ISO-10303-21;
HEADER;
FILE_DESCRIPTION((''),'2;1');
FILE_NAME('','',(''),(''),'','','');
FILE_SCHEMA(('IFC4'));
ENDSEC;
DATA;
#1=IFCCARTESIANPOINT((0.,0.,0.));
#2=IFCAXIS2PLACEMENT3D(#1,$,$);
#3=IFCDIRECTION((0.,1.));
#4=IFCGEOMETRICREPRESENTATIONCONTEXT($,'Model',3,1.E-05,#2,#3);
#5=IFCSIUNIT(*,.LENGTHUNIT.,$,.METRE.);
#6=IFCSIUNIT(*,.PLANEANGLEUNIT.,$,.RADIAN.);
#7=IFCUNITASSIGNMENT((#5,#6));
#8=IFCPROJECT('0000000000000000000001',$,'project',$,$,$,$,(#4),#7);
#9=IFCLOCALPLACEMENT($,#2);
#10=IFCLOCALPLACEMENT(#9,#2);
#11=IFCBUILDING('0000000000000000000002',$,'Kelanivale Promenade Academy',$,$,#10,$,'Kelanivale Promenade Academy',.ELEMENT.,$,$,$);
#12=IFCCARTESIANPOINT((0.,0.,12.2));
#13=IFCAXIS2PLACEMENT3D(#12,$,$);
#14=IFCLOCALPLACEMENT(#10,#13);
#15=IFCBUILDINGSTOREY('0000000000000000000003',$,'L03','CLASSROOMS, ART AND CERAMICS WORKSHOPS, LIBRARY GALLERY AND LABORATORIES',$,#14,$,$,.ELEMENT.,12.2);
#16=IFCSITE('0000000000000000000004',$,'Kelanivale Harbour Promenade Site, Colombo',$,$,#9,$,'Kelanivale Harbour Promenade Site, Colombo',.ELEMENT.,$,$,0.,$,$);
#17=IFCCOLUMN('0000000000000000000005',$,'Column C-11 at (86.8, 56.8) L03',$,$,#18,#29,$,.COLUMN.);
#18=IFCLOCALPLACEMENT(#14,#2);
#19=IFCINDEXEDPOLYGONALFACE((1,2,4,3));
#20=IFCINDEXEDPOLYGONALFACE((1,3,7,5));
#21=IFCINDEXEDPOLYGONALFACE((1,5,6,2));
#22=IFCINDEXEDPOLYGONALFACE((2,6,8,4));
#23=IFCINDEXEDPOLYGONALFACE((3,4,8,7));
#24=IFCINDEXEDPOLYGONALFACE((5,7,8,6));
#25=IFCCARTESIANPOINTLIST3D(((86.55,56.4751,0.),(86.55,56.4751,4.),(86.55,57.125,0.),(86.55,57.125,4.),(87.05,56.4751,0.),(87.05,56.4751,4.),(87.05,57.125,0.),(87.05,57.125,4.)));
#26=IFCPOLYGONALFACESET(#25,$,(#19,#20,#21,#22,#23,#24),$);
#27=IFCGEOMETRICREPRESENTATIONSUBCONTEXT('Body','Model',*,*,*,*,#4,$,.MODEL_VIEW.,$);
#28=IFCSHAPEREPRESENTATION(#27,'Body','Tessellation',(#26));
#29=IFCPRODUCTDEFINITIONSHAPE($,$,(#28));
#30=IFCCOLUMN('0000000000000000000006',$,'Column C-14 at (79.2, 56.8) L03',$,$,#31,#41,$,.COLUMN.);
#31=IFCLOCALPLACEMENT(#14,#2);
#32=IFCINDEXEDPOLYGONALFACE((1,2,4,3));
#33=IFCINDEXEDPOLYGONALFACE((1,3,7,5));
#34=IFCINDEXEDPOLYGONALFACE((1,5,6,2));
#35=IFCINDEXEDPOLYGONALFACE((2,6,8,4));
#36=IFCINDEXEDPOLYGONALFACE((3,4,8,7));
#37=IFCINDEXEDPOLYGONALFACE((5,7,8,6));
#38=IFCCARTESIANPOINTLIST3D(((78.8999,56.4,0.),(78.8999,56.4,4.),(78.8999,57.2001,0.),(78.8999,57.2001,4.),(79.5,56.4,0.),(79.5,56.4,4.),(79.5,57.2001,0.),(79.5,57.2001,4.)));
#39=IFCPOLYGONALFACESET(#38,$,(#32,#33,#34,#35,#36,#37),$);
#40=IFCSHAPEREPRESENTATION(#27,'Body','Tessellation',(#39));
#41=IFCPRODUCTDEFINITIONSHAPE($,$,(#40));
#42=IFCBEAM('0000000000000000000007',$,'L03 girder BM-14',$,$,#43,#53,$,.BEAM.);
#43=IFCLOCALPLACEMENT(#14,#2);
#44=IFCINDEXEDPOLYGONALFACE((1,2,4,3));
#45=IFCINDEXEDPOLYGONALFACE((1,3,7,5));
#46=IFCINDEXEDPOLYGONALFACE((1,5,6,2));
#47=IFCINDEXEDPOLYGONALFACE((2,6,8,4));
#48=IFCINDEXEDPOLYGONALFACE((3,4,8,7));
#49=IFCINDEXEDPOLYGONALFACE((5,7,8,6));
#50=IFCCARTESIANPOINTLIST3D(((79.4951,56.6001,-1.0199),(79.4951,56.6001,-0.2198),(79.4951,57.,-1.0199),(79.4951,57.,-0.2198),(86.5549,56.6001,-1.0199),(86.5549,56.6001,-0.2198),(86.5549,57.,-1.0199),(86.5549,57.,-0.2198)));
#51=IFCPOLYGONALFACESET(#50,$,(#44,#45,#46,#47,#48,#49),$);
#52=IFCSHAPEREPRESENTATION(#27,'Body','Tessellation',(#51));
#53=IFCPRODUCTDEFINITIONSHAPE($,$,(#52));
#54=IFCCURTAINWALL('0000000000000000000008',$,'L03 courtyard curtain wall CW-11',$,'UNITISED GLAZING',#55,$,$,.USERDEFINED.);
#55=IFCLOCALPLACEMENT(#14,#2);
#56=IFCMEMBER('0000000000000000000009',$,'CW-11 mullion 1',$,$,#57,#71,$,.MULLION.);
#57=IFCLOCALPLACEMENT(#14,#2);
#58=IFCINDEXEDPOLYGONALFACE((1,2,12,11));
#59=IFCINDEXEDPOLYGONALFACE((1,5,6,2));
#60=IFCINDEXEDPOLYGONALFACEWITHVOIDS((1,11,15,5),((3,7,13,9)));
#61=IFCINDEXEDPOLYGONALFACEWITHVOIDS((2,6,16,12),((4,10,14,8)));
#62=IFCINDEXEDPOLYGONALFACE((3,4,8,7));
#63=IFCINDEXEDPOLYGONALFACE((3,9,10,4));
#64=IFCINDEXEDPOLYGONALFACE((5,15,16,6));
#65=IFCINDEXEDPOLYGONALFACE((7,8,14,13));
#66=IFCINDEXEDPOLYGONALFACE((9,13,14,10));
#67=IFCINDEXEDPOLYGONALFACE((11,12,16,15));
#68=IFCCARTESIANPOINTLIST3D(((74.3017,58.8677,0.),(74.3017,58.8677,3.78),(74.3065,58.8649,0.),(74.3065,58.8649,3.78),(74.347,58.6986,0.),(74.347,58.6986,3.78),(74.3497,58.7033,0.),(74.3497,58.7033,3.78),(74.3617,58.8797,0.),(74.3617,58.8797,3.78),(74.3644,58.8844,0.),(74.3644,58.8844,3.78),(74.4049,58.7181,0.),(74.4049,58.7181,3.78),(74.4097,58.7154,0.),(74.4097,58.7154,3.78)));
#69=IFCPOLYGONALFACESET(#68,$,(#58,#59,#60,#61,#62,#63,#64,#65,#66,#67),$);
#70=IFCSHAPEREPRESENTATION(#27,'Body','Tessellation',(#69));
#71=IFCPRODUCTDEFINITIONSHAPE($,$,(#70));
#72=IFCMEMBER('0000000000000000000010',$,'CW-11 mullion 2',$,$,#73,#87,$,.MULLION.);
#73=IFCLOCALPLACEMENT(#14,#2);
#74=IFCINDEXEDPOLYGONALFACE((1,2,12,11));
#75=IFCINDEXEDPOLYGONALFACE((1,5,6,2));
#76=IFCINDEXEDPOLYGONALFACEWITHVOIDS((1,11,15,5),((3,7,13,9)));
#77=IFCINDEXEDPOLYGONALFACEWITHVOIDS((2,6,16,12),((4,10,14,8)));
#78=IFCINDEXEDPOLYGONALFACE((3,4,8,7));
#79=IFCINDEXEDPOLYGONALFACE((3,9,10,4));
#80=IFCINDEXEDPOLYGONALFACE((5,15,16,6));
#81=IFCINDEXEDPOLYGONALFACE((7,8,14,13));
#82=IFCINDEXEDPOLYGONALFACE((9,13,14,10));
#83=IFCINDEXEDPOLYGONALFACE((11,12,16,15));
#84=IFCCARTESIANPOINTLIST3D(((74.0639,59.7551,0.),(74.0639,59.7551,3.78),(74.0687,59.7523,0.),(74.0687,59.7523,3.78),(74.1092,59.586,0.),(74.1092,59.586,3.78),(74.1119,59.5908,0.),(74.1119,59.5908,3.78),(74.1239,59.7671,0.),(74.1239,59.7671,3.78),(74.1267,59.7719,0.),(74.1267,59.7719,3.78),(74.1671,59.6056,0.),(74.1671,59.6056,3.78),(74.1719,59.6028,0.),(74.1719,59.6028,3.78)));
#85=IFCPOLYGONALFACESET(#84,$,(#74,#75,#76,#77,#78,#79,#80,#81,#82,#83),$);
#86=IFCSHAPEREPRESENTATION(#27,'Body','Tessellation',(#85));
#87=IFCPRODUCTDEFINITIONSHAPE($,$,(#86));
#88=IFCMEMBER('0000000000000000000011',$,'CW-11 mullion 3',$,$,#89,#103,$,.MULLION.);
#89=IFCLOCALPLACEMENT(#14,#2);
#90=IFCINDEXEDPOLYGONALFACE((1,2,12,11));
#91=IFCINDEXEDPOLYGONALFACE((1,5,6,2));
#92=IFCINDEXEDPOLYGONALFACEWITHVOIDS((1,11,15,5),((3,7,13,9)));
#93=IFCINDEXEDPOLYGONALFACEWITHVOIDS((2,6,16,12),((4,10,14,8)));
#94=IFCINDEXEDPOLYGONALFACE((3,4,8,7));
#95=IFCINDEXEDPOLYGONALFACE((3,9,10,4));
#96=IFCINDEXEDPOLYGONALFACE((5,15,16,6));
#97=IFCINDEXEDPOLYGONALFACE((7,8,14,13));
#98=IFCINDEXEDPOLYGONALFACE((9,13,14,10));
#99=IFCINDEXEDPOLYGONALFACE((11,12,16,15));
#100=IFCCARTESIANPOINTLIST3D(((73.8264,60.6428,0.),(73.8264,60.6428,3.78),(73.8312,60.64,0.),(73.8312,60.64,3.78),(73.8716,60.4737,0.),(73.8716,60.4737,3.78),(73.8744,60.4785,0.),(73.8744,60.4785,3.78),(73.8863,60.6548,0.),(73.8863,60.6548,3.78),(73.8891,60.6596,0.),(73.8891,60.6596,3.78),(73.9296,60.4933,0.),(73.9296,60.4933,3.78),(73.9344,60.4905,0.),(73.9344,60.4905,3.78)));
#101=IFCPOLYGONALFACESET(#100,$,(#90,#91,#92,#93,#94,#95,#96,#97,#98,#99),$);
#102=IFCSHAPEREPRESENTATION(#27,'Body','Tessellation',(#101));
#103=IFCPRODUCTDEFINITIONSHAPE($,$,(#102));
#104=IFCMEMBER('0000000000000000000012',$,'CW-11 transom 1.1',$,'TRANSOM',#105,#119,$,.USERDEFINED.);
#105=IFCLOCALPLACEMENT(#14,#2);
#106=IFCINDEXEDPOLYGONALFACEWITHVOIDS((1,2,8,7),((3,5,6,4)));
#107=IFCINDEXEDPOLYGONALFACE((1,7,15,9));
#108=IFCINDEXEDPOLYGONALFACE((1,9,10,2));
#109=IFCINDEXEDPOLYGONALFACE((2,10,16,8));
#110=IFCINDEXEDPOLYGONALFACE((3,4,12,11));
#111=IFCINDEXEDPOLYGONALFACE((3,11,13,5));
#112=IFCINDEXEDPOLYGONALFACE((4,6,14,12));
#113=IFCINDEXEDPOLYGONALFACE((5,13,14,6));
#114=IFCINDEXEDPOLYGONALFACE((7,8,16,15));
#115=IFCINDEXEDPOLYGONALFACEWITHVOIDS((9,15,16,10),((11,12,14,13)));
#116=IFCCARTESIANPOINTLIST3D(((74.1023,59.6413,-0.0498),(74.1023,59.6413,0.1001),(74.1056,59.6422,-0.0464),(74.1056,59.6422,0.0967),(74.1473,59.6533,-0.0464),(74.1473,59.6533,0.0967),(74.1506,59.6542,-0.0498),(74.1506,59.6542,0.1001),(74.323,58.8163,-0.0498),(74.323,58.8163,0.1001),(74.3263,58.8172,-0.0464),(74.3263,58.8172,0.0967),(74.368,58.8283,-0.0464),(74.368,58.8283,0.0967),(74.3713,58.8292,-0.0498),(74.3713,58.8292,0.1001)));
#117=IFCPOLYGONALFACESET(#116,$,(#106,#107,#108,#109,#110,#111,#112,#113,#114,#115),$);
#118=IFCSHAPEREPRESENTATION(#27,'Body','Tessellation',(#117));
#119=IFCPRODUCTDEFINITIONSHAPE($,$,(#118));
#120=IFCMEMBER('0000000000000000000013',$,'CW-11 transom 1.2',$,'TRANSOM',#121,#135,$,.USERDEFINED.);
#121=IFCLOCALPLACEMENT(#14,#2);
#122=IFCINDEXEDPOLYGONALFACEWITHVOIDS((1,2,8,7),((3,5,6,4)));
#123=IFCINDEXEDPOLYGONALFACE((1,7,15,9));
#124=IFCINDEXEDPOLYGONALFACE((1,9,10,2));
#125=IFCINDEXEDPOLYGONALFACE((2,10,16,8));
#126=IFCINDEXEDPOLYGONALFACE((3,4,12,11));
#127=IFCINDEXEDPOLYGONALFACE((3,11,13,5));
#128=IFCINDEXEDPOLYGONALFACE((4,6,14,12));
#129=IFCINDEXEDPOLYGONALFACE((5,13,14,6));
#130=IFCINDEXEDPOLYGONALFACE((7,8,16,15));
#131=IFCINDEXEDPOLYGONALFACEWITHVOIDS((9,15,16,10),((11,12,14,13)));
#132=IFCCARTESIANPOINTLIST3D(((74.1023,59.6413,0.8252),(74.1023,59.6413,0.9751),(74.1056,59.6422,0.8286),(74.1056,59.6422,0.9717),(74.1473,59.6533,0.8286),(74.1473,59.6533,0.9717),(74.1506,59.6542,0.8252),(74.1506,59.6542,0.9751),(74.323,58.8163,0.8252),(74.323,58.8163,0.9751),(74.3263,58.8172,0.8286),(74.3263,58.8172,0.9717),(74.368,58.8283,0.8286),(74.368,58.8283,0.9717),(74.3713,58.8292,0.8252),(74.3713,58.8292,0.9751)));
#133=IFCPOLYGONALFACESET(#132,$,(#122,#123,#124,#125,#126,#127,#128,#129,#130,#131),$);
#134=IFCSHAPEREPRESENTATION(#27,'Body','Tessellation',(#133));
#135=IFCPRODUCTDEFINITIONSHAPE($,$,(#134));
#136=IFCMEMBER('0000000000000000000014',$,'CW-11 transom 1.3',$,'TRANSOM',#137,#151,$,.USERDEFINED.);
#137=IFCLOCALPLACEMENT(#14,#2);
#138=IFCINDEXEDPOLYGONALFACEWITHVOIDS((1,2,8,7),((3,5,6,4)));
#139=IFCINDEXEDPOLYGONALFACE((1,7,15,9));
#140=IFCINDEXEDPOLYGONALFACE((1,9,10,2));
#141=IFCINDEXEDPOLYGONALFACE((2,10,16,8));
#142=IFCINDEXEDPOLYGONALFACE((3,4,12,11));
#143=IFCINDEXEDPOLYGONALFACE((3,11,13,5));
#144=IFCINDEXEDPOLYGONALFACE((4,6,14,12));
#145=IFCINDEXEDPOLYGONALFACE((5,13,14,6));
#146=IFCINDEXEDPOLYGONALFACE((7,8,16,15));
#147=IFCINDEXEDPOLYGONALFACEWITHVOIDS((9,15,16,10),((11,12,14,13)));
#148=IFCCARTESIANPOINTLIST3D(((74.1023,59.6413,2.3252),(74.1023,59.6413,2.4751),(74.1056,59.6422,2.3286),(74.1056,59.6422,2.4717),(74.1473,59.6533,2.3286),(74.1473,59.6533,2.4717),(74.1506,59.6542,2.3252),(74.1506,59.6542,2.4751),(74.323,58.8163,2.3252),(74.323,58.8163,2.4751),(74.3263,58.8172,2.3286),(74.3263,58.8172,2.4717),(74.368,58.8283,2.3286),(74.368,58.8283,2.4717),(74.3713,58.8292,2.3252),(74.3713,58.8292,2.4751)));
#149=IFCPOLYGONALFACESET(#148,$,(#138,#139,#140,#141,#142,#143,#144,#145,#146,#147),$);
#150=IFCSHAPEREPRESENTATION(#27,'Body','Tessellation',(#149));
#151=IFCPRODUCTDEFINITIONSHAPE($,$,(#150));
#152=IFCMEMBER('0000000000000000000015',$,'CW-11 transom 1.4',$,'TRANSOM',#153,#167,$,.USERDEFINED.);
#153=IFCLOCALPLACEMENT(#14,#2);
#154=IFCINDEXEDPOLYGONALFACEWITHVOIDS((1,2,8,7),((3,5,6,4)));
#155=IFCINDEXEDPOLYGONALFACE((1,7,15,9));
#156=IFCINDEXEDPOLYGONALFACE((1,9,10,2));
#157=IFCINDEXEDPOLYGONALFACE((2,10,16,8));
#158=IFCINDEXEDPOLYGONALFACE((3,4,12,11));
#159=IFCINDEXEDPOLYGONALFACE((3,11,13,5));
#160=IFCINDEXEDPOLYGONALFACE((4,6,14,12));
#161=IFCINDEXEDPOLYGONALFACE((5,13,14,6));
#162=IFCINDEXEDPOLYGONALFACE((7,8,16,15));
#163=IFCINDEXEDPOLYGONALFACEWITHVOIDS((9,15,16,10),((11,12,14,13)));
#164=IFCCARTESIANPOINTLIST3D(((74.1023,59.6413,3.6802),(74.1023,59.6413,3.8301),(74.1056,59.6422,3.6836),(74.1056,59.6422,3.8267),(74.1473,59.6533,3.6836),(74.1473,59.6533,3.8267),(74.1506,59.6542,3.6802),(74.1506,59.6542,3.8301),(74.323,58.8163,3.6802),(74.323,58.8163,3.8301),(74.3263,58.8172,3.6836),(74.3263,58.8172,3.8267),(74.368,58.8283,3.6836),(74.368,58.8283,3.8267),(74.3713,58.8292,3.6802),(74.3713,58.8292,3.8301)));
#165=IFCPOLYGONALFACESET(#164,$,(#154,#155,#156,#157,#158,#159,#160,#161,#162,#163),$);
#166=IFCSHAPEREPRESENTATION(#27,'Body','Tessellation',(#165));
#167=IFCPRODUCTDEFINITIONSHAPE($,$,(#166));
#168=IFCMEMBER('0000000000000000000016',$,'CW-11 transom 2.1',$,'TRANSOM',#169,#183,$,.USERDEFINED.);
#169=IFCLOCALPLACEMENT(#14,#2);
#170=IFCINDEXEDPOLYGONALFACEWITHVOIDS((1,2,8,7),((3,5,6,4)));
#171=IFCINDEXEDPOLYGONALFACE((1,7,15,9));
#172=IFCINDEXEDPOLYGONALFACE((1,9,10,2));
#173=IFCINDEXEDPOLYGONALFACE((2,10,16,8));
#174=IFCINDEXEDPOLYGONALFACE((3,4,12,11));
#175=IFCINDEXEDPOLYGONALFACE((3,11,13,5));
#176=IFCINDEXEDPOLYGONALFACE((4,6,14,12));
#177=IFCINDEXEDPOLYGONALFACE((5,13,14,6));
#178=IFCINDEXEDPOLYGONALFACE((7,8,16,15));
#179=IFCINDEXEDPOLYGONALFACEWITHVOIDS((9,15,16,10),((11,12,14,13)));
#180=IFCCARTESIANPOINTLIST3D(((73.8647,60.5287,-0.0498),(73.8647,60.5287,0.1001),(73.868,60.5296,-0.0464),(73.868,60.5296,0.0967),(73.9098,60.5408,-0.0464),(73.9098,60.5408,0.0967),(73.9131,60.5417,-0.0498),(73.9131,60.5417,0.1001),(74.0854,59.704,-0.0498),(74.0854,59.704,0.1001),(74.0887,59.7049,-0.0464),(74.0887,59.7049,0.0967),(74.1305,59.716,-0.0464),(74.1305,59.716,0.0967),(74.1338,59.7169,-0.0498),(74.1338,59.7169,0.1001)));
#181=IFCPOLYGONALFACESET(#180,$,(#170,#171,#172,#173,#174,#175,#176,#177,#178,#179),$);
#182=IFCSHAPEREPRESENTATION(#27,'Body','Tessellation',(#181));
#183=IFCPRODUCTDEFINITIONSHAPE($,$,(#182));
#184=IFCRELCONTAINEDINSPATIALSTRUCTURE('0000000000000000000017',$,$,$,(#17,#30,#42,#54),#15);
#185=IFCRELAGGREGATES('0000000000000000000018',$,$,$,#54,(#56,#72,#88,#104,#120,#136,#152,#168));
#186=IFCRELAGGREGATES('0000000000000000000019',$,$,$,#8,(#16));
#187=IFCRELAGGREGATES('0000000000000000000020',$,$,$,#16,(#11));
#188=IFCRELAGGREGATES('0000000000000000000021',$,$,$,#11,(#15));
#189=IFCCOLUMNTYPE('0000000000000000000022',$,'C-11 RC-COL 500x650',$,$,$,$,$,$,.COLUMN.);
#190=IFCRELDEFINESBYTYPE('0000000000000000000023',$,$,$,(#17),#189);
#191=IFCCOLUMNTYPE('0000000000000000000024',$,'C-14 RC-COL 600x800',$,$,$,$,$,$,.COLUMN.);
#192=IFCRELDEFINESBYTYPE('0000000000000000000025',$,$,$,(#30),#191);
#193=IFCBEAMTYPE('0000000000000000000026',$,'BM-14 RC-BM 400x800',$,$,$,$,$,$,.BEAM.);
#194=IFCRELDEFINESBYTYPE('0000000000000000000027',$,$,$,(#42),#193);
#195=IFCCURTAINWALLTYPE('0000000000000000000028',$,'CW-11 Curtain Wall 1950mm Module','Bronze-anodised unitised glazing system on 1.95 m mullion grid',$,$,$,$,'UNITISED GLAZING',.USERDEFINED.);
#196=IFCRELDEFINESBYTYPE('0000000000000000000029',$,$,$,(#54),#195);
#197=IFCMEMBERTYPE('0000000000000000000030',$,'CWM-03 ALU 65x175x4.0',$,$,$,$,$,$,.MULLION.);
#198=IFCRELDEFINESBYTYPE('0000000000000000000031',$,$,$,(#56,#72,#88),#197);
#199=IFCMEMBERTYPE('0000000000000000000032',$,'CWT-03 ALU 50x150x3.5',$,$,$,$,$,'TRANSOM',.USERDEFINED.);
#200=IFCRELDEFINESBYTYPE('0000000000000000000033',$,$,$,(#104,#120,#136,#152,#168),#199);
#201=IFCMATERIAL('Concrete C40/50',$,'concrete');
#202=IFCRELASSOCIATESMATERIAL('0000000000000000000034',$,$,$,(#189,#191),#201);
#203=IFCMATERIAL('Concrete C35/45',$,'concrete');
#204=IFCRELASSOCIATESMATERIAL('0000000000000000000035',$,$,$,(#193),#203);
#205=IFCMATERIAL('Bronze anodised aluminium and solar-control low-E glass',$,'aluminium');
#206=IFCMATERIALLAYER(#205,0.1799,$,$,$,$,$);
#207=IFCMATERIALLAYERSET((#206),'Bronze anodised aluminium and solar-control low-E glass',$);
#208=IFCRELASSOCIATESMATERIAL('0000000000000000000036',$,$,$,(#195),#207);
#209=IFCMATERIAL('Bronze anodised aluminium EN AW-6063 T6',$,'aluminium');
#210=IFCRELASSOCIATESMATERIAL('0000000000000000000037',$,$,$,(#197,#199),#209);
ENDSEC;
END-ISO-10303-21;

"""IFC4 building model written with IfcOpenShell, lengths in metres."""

from ifc_helpers import new_model, si_unit, direction, frame, origin, origin_2d, place, context, subcontext, project, spatial, rectangle, hollow_rectangle, extrude, material, layer, layer_set, material_profile, profile_set, type_object, element, aggregate, save


model = new_model("IFC4")

# Units and contexts
model_context = context("Model", 3, precision=1e-05, world=origin(), true_north=direction((0.0, 1.0)))
body_context = subcontext(model_context, "Body", "Model", "MODEL_VIEW")
ifc_project = project(units=[si_unit("LENGTHUNIT", "METRE"), si_unit("PLANEANGLEUNIT", "RADIAN")], contexts=[model_context])

# Site, building, storey
site_placement = place(None, origin())
site = spatial("IfcSite", under=ifc_project, at=site_placement, Name="Kelanivale Harbour Promenade Site, Colombo", LongName="Kelanivale Harbour Promenade Site, Colombo", CompositionType="ELEMENT", RefElevation=0.0)
building_placement = place(site_placement, origin())
building = spatial("IfcBuilding", under=site, at=building_placement, Name="Kelanivale Promenade Academy", LongName="Kelanivale Promenade Academy", CompositionType="ELEMENT")
storey_placement = place(building_placement, frame((0.0, 0.0, 12.2)))
storey = spatial("IfcBuildingStorey", under=building, at=storey_placement, Name="L03", Description="CLASSROOMS, ART AND CERAMICS WORKSHOPS, LIBRARY GALLERY AND LABORATORIES", CompositionType="ELEMENT", Elevation=12.2)

# Columns
ifc_material_1 = material(Name="Concrete C40/50", Category="concrete")
ifc_material_profile_1 = material_profile(ifc_material_1, rectangle(XDim=0.5, YDim=0.6499, at=origin_2d()), Name="RC-COL 500x650")
ifc_profile_set_1 = profile_set([ifc_material_profile_1], Name="Concrete C40/50")
column_type_1 = type_object("IfcColumnType", Name="C-11 RC-COL 500x650", PredefinedType="COLUMN", material=ifc_profile_set_1)
column_1_placement = place(storey_placement, frame((86.8, 56.8, 0.0), z_axis=(0.0, 0.0, 1.0), x_axis=(1.0, 0.0, 0.0)))
element("IfcColumn", 1, at=column_1_placement, inside=storey, type_object=column_type_1, Name="Column C-11 at (86.8, 56.8) L03", PredefinedType="COLUMN", context=body_context, shape_type="SweptSolid", body=[
    extrude(rectangle(XDim=0.5, YDim=0.6499, at=origin_2d()), origin(), (0.0, 0.0, 1.0), 4.0),
])
ifc_material_profile_2 = material_profile(ifc_material_1, rectangle(XDim=0.6001, YDim=0.8, at=origin_2d()), Name="RC-COL 600x800")
ifc_profile_set_2 = profile_set([ifc_material_profile_2], Name="Concrete C40/50")
column_type_2 = type_object("IfcColumnType", Name="C-14 RC-COL 600x800", PredefinedType="COLUMN", material=ifc_profile_set_2)
column_2_placement = place(storey_placement, frame((79.2, 56.8, 0.0), z_axis=(0.0, 0.0, 1.0), x_axis=(1.0, 0.0, 0.0)))
element("IfcColumn", 2, at=column_2_placement, inside=storey, type_object=column_type_2, Name="Column C-14 at (79.2, 56.8) L03", PredefinedType="COLUMN", context=body_context, shape_type="SweptSolid", body=[
    extrude(rectangle(XDim=0.6001, YDim=0.8, at=origin_2d()), origin(), (0.0, 0.0, 1.0), 4.0),
])

# Beam
ifc_material_2 = material(Name="Concrete C35/45", Category="concrete")
ifc_material_profile_3 = material_profile(ifc_material_2, rectangle(XDim=0.3999, YDim=0.8, at=origin_2d()), Name="RC-BM 400x800")
ifc_profile_set_3 = profile_set([ifc_material_profile_3], Name="Concrete C35/45")
beam_type_1 = type_object("IfcBeamType", Name="BM-14 RC-BM 400x800", PredefinedType="BEAM", material=ifc_profile_set_3)
beam_1_placement = place(storey_placement, frame((79.4951, 56.8, -0.6199), z_axis=(1.0, 0.0, 0.0), x_axis=(0.0, 1.0, 0.0)))
element("IfcBeam", 3, at=beam_1_placement, inside=storey, type_object=beam_type_1, Name="L03 girder BM-14", PredefinedType="BEAM", context=body_context, shape_type="SweptSolid", body=[
    extrude(rectangle(XDim=0.3999, YDim=0.8, at=origin_2d()), origin(), (0.0, 0.0, 1.0), 7.0598),
])

# Curtain wall, members
ifc_material_3 = material(Name="Bronze anodised aluminium and solar-control low-E glass", Category="aluminium")
ifc_layer_1 = layer(ifc_material_3, 0.1799)
ifc_layer_set_1 = layer_set([ifc_layer_1], Name="Bronze anodised aluminium and solar-control low-E glass")
curtain_wall_type = type_object("IfcCurtainWallType", Name="CW-11 Curtain Wall 1950mm Module", Description="Bronze-anodised unitised glazing system on 1.95 m mullion grid", ElementType="UNITISED GLAZING", PredefinedType="USERDEFINED", material=ifc_layer_set_1)
curtain_wall_placement = place(storey_placement, origin())
curtain_wall = element("IfcCurtainWall", 4, at=curtain_wall_placement, inside=storey, type_object=curtain_wall_type, Name="L03 courtyard curtain wall CW-11", ObjectType="UNITISED GLAZING", PredefinedType="USERDEFINED")
ifc_material_4 = material(Name="Bronze anodised aluminium EN AW-6063 T6", Category="aluminium")
ifc_material_profile_4 = material_profile(ifc_material_4, hollow_rectangle(XDim=0.0649, YDim=0.175, WallThickness=0.0039, at=origin_2d()), Name="ALU 65x175x4.0")
ifc_profile_set_4 = profile_set([ifc_material_profile_4], Name="Bronze anodised aluminium EN AW-6063 T6")
member_type_1 = type_object("IfcMemberType", Name="CWM-03 ALU 65x175x4.0", PredefinedType="MULLION", material=ifc_profile_set_4)
member_1_placement = place(storey_placement, frame((74.3557, 58.7915, 0.0), z_axis=(0.0, 0.0, 1.0), x_axis=(-0.96599, -0.258578, 0.0)))
member_1 = element("IfcMember", 5, at=member_1_placement, type_object=member_type_1, Name="CW-11 mullion 1", PredefinedType="MULLION", context=body_context, shape_type="SweptSolid", body=[
    extrude(hollow_rectangle(XDim=0.0649, YDim=0.175, WallThickness=0.0039, at=origin_2d()), origin(), (0.0, 0.0, 1.0), 3.78),
])
member_2_placement = place(storey_placement, frame((74.1179, 59.679, 0.0), z_axis=(0.0, 0.0, 1.0), x_axis=(-0.96599, -0.258578, 0.0)))
member_2 = element("IfcMember", 6, at=member_2_placement, type_object=member_type_1, Name="CW-11 mullion 2", PredefinedType="MULLION", context=body_context, shape_type="SweptSolid", body=[
    extrude(hollow_rectangle(XDim=0.0649, YDim=0.175, WallThickness=0.0039, at=origin_2d()), origin(), (0.0, 0.0, 1.0), 3.78),
])
member_3_placement = place(storey_placement, frame((73.8804, 60.5667, 0.0), z_axis=(0.0, 0.0, 1.0), x_axis=(-0.96599, -0.258578, 0.0)))
member_3 = element("IfcMember", 7, at=member_3_placement, type_object=member_type_1, Name="CW-11 mullion 3", PredefinedType="MULLION", context=body_context, shape_type="SweptSolid", body=[
    extrude(hollow_rectangle(XDim=0.0649, YDim=0.175, WallThickness=0.0039, at=origin_2d()), origin(), (0.0, 0.0, 1.0), 3.78),
])
ifc_material_profile_5 = material_profile(ifc_material_4, hollow_rectangle(XDim=0.05, YDim=0.1499, WallThickness=0.0034, at=origin_2d()), Name="ALU 50x150x3.5")
ifc_profile_set_5 = profile_set([ifc_material_profile_5], Name="Bronze anodised aluminium EN AW-6063 T6")
member_type_2 = type_object("IfcMemberType", Name="CWT-03 ALU 50x150x3.5", ElementType="TRANSOM", PredefinedType="USERDEFINED", material=ifc_profile_set_5)
member_4_placement = place(storey_placement, frame((74.3472, 58.8228, 0.0251), z_axis=(-0.258446, 0.966026, 0.0), x_axis=(-0.966026, -0.258446, 0.0)))
member_4 = element("IfcMember", 8, at=member_4_placement, type_object=member_type_2, Name="CW-11 transom 1.1", ObjectType="TRANSOM", PredefinedType="USERDEFINED", context=body_context, shape_type="SweptSolid", body=[
    extrude(hollow_rectangle(XDim=0.05, YDim=0.1499, WallThickness=0.0034, at=origin_2d()), origin(), (0.0, 0.0, 1.0), 0.854),
])
member_5_placement = place(storey_placement, frame((74.3472, 58.8228, 0.9001), z_axis=(-0.258446, 0.966026, 0.0), x_axis=(-0.966026, -0.258446, 0.0)))
member_5 = element("IfcMember", 9, at=member_5_placement, type_object=member_type_2, Name="CW-11 transom 1.2", ObjectType="TRANSOM", PredefinedType="USERDEFINED", context=body_context, shape_type="SweptSolid", body=[
    extrude(hollow_rectangle(XDim=0.05, YDim=0.1499, WallThickness=0.0034, at=origin_2d()), origin(), (0.0, 0.0, 1.0), 0.854),
])
member_6_placement = place(storey_placement, frame((74.3472, 58.8228, 2.4001), z_axis=(-0.258446, 0.966026, 0.0), x_axis=(-0.966026, -0.258446, 0.0)))
member_6 = element("IfcMember", 10, at=member_6_placement, type_object=member_type_2, Name="CW-11 transom 1.3", ObjectType="TRANSOM", PredefinedType="USERDEFINED", context=body_context, shape_type="SweptSolid", body=[
    extrude(hollow_rectangle(XDim=0.05, YDim=0.1499, WallThickness=0.0034, at=origin_2d()), origin(), (0.0, 0.0, 1.0), 0.854),
])
member_7_placement = place(storey_placement, frame((74.3472, 58.8228, 3.7551), z_axis=(-0.258446, 0.966026, 0.0), x_axis=(-0.966026, -0.258446, 0.0)))
member_7 = element("IfcMember", 11, at=member_7_placement, type_object=member_type_2, Name="CW-11 transom 1.4", ObjectType="TRANSOM", PredefinedType="USERDEFINED", context=body_context, shape_type="SweptSolid", body=[
    extrude(hollow_rectangle(XDim=0.05, YDim=0.1499, WallThickness=0.0034, at=origin_2d()), origin(), (0.0, 0.0, 1.0), 0.854),
])
member_8_placement = place(storey_placement, frame((74.1096, 59.7104, 0.0251), z_axis=(-0.258517, 0.966007, 0.0), x_axis=(-0.966007, -0.258517, 0.0)))
member_8 = element("IfcMember", 12, at=member_8_placement, type_object=member_type_2, Name="CW-11 transom 2.1", ObjectType="TRANSOM", PredefinedType="USERDEFINED", context=body_context, shape_type="SweptSolid", body=[
    extrude(hollow_rectangle(XDim=0.05, YDim=0.1499, WallThickness=0.0034, at=origin_2d()), origin(), (0.0, 0.0, 1.0), 0.8538),
])

aggregate(curtain_wall, [member_1, member_2, member_3, member_4, member_5, member_6, member_7, member_8])

save(model, "model.ifc")
